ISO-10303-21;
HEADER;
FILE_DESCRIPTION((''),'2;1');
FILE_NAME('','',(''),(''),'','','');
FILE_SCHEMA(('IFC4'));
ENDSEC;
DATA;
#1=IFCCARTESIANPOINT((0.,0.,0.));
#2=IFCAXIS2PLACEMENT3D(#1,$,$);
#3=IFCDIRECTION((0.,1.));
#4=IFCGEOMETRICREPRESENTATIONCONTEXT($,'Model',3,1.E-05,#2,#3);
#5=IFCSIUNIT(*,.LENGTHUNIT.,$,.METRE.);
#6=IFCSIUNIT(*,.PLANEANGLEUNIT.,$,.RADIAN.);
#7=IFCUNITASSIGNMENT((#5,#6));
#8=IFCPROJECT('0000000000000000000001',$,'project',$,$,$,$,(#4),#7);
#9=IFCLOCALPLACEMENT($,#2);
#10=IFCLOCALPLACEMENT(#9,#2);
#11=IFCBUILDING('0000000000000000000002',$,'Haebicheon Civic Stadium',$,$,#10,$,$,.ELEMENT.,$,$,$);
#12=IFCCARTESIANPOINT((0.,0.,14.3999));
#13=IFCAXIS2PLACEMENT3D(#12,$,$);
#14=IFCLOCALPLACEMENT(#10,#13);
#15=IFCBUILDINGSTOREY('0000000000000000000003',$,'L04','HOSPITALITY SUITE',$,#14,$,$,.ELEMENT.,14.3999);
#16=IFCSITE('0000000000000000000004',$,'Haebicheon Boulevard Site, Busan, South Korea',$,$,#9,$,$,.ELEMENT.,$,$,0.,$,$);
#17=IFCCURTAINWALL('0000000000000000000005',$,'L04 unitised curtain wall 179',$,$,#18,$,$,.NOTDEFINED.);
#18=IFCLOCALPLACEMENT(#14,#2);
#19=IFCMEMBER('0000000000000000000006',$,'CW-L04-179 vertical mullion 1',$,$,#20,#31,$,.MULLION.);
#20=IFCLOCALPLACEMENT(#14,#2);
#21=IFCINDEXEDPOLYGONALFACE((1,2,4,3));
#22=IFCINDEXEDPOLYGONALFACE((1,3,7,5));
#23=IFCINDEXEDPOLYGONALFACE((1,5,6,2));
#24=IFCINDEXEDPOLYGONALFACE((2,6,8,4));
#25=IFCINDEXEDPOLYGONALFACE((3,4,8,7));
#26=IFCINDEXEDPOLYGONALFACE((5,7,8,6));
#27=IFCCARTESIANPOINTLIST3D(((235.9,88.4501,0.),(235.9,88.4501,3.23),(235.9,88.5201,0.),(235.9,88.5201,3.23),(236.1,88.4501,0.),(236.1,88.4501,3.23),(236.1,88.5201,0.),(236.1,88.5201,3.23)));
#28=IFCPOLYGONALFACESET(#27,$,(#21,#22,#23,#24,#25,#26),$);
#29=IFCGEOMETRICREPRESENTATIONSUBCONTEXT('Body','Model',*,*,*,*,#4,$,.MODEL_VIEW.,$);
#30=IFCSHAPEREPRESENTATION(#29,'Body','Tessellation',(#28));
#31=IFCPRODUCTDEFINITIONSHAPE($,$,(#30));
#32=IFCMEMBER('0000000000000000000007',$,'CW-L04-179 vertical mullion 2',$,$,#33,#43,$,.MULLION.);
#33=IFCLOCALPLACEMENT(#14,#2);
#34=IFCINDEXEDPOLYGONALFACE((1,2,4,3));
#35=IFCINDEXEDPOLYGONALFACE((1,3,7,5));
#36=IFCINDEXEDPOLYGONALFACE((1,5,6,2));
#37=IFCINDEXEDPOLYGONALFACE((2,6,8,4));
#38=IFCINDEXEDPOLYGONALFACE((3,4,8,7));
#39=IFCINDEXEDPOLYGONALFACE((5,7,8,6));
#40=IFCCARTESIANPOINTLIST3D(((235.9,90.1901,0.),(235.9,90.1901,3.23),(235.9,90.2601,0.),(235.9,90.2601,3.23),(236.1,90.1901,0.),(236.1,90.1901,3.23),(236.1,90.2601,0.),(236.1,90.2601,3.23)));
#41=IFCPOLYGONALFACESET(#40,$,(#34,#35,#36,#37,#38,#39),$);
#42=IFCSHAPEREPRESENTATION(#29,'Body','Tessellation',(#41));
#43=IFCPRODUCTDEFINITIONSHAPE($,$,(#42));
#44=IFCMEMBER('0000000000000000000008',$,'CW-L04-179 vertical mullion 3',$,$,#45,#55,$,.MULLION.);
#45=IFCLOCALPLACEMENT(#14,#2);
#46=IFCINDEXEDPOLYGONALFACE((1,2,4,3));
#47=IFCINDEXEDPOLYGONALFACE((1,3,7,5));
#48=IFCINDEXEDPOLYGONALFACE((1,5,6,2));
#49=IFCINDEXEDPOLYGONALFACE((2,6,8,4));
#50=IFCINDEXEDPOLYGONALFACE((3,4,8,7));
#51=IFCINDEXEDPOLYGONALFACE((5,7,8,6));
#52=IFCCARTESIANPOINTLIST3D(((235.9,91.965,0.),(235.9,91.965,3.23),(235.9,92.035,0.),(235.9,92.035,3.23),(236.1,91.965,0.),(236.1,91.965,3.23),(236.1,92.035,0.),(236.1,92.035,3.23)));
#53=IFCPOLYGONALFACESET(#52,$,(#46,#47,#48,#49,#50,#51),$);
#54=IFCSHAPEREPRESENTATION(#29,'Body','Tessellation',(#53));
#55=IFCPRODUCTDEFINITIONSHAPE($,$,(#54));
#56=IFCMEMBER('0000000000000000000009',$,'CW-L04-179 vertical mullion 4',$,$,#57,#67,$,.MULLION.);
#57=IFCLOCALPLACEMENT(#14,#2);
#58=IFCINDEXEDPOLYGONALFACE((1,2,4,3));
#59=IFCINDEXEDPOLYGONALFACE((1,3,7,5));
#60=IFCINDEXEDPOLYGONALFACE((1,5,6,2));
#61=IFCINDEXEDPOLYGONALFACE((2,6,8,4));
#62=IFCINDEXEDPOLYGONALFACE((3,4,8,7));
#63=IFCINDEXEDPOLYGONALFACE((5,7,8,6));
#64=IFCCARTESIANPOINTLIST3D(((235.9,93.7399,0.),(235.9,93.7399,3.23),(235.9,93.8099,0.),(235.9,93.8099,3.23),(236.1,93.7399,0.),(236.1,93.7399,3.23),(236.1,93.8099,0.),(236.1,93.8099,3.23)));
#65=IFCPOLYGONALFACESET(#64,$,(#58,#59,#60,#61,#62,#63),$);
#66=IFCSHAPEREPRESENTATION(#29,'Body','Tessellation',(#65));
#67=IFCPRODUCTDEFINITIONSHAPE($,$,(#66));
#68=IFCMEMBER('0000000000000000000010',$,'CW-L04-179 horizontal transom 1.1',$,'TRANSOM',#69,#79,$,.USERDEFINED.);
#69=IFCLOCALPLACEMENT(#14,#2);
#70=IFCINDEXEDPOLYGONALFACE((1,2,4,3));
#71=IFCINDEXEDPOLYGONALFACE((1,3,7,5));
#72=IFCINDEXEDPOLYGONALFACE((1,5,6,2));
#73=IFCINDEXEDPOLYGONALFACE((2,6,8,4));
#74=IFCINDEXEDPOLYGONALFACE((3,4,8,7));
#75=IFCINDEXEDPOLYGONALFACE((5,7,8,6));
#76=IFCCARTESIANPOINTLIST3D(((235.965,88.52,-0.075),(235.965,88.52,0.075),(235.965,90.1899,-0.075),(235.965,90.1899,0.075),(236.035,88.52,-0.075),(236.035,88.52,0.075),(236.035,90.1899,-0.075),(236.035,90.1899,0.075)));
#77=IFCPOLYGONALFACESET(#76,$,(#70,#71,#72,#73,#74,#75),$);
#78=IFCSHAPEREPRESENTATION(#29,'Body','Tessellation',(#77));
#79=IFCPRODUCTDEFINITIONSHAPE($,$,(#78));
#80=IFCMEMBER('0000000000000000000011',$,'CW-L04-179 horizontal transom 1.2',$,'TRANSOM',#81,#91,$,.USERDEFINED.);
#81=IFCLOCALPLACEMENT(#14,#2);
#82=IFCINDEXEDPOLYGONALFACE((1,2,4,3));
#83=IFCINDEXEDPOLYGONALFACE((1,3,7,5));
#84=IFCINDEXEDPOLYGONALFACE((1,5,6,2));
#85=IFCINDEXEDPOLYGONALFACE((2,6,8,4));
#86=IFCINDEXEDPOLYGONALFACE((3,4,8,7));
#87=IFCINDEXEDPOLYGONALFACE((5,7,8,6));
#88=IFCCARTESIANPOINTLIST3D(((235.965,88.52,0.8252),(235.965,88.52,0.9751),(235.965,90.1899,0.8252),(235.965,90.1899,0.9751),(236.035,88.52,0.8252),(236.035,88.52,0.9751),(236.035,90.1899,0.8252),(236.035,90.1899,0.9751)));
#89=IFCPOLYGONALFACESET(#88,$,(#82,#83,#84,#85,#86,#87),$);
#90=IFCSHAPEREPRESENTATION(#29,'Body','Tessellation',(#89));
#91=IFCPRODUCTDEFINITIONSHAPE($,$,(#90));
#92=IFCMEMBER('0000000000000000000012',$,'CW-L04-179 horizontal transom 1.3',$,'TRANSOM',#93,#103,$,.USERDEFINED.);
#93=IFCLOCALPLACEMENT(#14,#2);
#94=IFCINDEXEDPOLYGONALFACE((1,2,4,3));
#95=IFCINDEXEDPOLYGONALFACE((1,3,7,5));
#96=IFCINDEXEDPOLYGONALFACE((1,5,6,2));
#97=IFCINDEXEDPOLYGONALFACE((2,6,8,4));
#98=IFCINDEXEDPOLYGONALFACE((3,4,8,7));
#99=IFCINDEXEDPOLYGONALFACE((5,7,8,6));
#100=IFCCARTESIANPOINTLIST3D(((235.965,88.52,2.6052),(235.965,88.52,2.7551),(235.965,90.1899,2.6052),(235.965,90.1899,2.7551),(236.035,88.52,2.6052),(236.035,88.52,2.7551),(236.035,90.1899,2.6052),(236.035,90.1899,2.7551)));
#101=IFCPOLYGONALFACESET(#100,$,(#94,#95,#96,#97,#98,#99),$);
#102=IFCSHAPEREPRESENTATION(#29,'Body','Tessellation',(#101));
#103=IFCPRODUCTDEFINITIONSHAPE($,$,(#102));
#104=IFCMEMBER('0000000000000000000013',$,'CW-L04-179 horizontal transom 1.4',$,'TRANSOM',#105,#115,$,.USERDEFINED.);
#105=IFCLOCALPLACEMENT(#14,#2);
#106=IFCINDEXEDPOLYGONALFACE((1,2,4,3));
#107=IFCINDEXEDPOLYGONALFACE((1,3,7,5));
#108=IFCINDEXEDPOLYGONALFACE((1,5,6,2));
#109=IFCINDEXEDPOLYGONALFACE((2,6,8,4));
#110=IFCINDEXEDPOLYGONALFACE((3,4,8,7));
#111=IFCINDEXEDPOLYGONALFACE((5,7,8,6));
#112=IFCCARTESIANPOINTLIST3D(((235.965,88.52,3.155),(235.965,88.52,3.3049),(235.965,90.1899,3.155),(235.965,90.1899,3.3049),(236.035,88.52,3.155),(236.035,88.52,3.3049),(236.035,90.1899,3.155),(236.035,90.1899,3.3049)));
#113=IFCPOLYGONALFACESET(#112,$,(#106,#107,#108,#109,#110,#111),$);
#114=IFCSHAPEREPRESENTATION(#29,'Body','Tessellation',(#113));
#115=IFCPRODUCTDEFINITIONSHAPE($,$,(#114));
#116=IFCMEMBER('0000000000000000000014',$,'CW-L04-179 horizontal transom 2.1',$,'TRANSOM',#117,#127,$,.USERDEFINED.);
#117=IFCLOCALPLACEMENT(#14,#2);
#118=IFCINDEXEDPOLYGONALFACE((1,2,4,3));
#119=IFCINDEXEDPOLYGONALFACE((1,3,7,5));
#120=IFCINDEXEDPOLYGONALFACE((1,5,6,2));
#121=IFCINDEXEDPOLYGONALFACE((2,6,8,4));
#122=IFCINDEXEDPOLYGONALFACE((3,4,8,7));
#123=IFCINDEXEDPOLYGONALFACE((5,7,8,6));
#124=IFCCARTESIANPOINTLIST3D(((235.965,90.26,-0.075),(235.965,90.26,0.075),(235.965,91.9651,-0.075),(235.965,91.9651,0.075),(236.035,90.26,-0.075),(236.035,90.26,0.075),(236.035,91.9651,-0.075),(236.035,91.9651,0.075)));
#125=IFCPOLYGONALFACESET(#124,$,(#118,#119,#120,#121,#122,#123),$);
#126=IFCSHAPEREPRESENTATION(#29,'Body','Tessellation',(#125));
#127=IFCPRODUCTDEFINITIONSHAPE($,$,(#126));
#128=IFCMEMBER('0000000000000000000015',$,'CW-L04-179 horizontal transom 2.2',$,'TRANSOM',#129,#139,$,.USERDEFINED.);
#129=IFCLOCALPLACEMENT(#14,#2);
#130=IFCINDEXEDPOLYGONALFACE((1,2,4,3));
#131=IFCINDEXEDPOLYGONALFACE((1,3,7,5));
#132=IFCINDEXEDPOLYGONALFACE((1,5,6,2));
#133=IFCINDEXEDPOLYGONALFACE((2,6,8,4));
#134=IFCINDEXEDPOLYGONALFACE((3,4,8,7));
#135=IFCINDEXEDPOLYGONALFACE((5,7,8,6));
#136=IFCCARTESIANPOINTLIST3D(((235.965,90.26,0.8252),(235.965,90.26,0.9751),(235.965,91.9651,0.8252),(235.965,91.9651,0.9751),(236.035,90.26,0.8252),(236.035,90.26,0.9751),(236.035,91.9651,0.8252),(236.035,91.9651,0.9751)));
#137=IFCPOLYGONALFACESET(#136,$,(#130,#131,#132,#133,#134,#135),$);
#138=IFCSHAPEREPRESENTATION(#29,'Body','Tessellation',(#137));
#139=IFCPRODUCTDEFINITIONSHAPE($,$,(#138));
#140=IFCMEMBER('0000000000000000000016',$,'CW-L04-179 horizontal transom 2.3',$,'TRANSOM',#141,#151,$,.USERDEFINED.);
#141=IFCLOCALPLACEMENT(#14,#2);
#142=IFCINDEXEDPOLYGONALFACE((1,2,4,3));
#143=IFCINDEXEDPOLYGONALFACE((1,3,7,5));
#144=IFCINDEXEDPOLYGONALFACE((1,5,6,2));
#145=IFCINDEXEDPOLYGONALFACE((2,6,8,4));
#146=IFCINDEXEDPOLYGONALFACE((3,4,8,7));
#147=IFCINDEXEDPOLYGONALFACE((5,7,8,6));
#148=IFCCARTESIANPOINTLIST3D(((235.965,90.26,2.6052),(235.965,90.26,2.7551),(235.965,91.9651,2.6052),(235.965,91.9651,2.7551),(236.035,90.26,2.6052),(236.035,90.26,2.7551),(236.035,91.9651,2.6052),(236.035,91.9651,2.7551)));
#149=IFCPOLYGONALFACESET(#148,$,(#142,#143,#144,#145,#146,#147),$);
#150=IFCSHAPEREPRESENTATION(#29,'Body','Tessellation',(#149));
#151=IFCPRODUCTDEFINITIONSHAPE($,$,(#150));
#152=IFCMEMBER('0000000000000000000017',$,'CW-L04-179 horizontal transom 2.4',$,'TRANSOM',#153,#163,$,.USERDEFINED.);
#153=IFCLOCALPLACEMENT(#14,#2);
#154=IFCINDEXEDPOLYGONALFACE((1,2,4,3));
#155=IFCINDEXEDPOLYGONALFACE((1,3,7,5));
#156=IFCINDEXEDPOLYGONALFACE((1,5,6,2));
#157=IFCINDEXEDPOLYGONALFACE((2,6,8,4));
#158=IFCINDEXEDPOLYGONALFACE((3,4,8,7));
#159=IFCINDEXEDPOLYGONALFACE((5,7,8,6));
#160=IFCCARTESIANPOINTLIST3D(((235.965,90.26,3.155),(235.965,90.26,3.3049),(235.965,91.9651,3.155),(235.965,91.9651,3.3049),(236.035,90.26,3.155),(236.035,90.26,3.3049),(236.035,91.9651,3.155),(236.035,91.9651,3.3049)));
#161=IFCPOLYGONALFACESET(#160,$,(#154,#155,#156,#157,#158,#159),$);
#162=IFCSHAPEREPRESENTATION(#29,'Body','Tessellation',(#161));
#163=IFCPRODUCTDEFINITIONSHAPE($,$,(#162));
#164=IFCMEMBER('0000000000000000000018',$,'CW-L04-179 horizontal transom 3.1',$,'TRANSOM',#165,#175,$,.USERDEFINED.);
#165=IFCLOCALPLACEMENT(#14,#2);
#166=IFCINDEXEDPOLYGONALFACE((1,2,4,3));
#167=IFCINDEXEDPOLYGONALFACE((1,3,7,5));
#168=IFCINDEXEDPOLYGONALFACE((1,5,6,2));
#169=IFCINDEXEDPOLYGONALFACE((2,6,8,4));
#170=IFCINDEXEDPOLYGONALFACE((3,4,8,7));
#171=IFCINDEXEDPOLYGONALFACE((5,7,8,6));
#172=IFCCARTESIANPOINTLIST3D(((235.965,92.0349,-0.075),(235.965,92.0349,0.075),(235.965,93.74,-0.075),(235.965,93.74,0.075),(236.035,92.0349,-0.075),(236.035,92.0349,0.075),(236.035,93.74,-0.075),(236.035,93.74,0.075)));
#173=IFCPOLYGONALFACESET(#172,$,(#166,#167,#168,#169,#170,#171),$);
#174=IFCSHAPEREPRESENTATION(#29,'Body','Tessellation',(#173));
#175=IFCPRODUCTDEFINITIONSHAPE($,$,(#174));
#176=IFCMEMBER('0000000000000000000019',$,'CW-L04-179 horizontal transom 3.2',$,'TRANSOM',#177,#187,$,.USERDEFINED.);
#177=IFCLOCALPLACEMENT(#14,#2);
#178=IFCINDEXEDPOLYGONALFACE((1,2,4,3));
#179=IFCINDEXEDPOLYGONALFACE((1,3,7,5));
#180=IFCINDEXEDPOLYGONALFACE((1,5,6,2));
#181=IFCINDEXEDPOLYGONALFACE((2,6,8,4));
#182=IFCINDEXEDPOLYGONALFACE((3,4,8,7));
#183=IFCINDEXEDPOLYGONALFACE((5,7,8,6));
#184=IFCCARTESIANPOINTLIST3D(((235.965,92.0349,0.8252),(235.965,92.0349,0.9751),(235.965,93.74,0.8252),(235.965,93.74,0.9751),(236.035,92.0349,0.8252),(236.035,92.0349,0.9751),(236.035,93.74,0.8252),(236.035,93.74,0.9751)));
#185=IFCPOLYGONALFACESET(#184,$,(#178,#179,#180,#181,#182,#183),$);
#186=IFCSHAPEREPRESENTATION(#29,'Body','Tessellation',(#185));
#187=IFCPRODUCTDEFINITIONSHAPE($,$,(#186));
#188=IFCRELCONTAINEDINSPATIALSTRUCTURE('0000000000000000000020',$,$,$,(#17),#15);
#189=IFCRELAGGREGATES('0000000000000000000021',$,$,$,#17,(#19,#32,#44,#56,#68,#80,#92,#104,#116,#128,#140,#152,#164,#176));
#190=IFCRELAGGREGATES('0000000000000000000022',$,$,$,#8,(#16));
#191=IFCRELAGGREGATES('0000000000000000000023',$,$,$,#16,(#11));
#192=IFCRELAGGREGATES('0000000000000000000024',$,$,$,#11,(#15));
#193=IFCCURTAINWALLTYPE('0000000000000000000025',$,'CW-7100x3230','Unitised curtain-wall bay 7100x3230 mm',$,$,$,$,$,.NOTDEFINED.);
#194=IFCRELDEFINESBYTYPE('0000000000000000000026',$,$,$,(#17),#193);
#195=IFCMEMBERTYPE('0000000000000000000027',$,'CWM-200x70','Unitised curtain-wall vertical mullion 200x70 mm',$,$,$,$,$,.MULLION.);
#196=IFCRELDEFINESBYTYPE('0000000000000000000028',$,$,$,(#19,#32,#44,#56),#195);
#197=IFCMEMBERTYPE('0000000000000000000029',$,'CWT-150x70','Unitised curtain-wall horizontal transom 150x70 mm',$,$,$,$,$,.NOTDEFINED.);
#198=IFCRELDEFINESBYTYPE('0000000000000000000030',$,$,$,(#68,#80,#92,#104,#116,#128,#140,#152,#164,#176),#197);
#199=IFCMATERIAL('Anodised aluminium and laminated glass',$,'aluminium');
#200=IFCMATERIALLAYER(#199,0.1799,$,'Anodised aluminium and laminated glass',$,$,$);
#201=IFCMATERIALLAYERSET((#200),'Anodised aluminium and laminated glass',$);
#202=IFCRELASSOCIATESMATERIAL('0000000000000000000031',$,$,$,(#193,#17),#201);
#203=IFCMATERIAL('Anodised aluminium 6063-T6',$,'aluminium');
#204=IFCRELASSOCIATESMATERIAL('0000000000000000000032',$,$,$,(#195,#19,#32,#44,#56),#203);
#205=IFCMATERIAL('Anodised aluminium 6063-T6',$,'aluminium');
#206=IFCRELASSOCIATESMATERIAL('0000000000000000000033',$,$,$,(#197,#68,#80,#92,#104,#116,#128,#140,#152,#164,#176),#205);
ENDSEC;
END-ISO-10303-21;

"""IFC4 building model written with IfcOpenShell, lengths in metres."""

from ifc_helpers import new_model, si_unit, direction, frame, origin, origin_2d, place, context, subcontext, project, spatial, rectangle, extrude, material, layer, layer_set, material_profile, profile_set, type_object, element, aggregate, save


model = new_model("IFC4")

# Units and contexts
model_context = context("Model", 3, precision=1e-05, world=origin(), true_north=direction((0.0, 1.0)))
body_context = subcontext(model_context, "Body", "Model", "MODEL_VIEW")
ifc_project = project(units=[si_unit("LENGTHUNIT", "METRE"), si_unit("PLANEANGLEUNIT", "RADIAN")], contexts=[model_context])

# Site, building, storey
site_placement = place(None, origin())
site = spatial("IfcSite", under=ifc_project, at=site_placement, Name="Haebicheon Boulevard Site, Busan, South Korea", CompositionType="ELEMENT", RefElevation=0.0)
building_placement = place(site_placement, origin())
building = spatial("IfcBuilding", under=site, at=building_placement, Name="Haebicheon Civic Stadium", CompositionType="ELEMENT")
storey_placement = place(building_placement, frame((0.0, 0.0, 14.3999)))
storey = spatial("IfcBuildingStorey", under=building, at=storey_placement, Name="L04", Description="HOSPITALITY SUITE", CompositionType="ELEMENT", Elevation=14.3999)

# Curtain wall, members
ifc_material_1 = material(Name="Anodised aluminium and laminated glass", Category="aluminium")
ifc_layer_1 = layer(ifc_material_1, 0.1799, Name="Anodised aluminium and laminated glass")
ifc_layer_set_1 = layer_set([ifc_layer_1], Name="Anodised aluminium and laminated glass")
curtain_wall_type = type_object("IfcCurtainWallType", Name="CW-7100x3230", Description="Unitised curtain-wall bay 7100x3230 mm", PredefinedType="NOTDEFINED", material=ifc_layer_set_1)
curtain_wall_placement = place(storey_placement, origin())
curtain_wall = element("IfcCurtainWall", 1, at=curtain_wall_placement, inside=storey, type_object=curtain_wall_type, material=ifc_layer_set_1, Name="L04 unitised curtain wall 179", PredefinedType="NOTDEFINED")
ifc_material_2 = material(Name="Anodised aluminium 6063-T6", Category="aluminium")
ifc_material_profile_1 = material_profile(ifc_material_2, rectangle(XDim=0.0701, YDim=0.2, at=origin_2d()), Name="ALU-MULL-70x200")
ifc_profile_set_1 = profile_set([ifc_material_profile_1], Name="Anodised aluminium 6063-T6")
member_type_1 = type_object("IfcMemberType", Name="CWM-200x70", Description="Unitised curtain-wall vertical mullion 200x70 mm", PredefinedType="MULLION", material=ifc_profile_set_1)
member_1_placement = place(storey_placement, frame((236.0, 88.4851, 0.0), z_axis=(0.0, 0.0, 1.0), x_axis=(0.0, 1.0, 0.0)))
member_1 = element("IfcMember", 2, at=member_1_placement, type_object=member_type_1, material=ifc_profile_set_1, Name="CW-L04-179 vertical mullion 1", PredefinedType="MULLION", context=body_context, shape_type="SweptSolid", body=[
    extrude(rectangle(XDim=0.0701, YDim=0.2, at=origin_2d()), origin(), (0.0, 0.0, 1.0), 3.23),
])
member_2_placement = place(storey_placement, frame((236.0, 90.2251, 0.0), z_axis=(0.0, 0.0, 1.0), x_axis=(0.0, 1.0, 0.0)))
member_2 = element("IfcMember", 3, at=member_2_placement, type_object=member_type_1, material=ifc_profile_set_1, Name="CW-L04-179 vertical mullion 2", PredefinedType="MULLION", context=body_context, shape_type="SweptSolid", body=[
    extrude(rectangle(XDim=0.0701, YDim=0.2, at=origin_2d()), origin(), (0.0, 0.0, 1.0), 3.23),
])
member_3_placement = place(storey_placement, frame((236.0, 92.0, 0.0), z_axis=(0.0, 0.0, 1.0), x_axis=(0.0, 1.0, 0.0)))
member_3 = element("IfcMember", 4, at=member_3_placement, type_object=member_type_1, material=ifc_profile_set_1, Name="CW-L04-179 vertical mullion 3", PredefinedType="MULLION", context=body_context, shape_type="SweptSolid", body=[
    extrude(rectangle(XDim=0.0701, YDim=0.2, at=origin_2d()), origin(), (0.0, 0.0, 1.0), 3.23),
])
member_4_placement = place(storey_placement, frame((236.0, 93.7749, 0.0), z_axis=(0.0, 0.0, 1.0), x_axis=(0.0, 1.0, 0.0)))
member_4 = element("IfcMember", 5, at=member_4_placement, type_object=member_type_1, material=ifc_profile_set_1, Name="CW-L04-179 vertical mullion 4", PredefinedType="MULLION", context=body_context, shape_type="SweptSolid", body=[
    extrude(rectangle(XDim=0.0701, YDim=0.2, at=origin_2d()), origin(), (0.0, 0.0, 1.0), 3.23),
])
ifc_material_3 = material(Name="Anodised aluminium 6063-T6", Category="aluminium")
ifc_material_profile_2 = material_profile(ifc_material_3, rectangle(XDim=0.0701, YDim=0.1499, at=origin_2d()), Name="ALU-TRAN-70x150")
ifc_profile_set_2 = profile_set([ifc_material_profile_2], Name="Anodised aluminium 6063-T6")
member_type_2 = type_object("IfcMemberType", Name="CWT-150x70", Description="Unitised curtain-wall horizontal transom 150x70 mm", PredefinedType="NOTDEFINED", material=ifc_profile_set_2)
member_5_placement = place(storey_placement, frame((236.0, 88.52, 0.0), z_axis=(0.0, 1.0, 0.0), x_axis=(-1.0, 0.0, 0.0)))
member_5 = element("IfcMember", 6, at=member_5_placement, type_object=member_type_2, material=ifc_profile_set_2, Name="CW-L04-179 horizontal transom 1.1", ObjectType="TRANSOM", PredefinedType="USERDEFINED", context=body_context, shape_type="SweptSolid", body=[
    extrude(rectangle(XDim=0.0701, YDim=0.1499, at=origin_2d()), origin(), (0.0, 0.0, 1.0), 1.6699),
])
member_6_placement = place(storey_placement, frame((236.0, 88.52, 0.9001), z_axis=(0.0, 1.0, 0.0), x_axis=(-1.0, 0.0, 0.0)))
member_6 = element("IfcMember", 7, at=member_6_placement, type_object=member_type_2, material=ifc_profile_set_2, Name="CW-L04-179 horizontal transom 1.2", ObjectType="TRANSOM", PredefinedType="USERDEFINED", context=body_context, shape_type="SweptSolid", body=[
    extrude(rectangle(XDim=0.0701, YDim=0.1499, at=origin_2d()), origin(), (0.0, 0.0, 1.0), 1.6699),
])
member_7_placement = place(storey_placement, frame((236.0, 88.52, 2.6802), z_axis=(0.0, 1.0, 0.0), x_axis=(-1.0, 0.0, 0.0)))
member_7 = element("IfcMember", 8, at=member_7_placement, type_object=member_type_2, material=ifc_profile_set_2, Name="CW-L04-179 horizontal transom 1.3", ObjectType="TRANSOM", PredefinedType="USERDEFINED", context=body_context, shape_type="SweptSolid", body=[
    extrude(rectangle(XDim=0.0701, YDim=0.1499, at=origin_2d()), origin(), (0.0, 0.0, 1.0), 1.6699),
])
member_8_placement = place(storey_placement, frame((236.0, 88.52, 3.23), z_axis=(0.0, 1.0, 0.0), x_axis=(-1.0, 0.0, 0.0)))
member_8 = element("IfcMember", 9, at=member_8_placement, type_object=member_type_2, material=ifc_profile_set_2, Name="CW-L04-179 horizontal transom 1.4", ObjectType="TRANSOM", PredefinedType="USERDEFINED", context=body_context, shape_type="SweptSolid", body=[
    extrude(rectangle(XDim=0.0701, YDim=0.1499, at=origin_2d()), origin(), (0.0, 0.0, 1.0), 1.6699),
])
member_9_placement = place(storey_placement, frame((236.0, 90.26, 0.0), z_axis=(0.0, 1.0, 0.0), x_axis=(-1.0, 0.0, 0.0)))
member_9 = element("IfcMember", 10, at=member_9_placement, type_object=member_type_2, material=ifc_profile_set_2, Name="CW-L04-179 horizontal transom 2.1", ObjectType="TRANSOM", PredefinedType="USERDEFINED", context=body_context, shape_type="SweptSolid", body=[
    extrude(rectangle(XDim=0.0701, YDim=0.1499, at=origin_2d()), origin(), (0.0, 0.0, 1.0), 1.7051),
])
member_10_placement = place(storey_placement, frame((236.0, 90.26, 0.9001), z_axis=(0.0, 1.0, 0.0), x_axis=(-1.0, 0.0, 0.0)))
member_10 = element("IfcMember", 11, at=member_10_placement, type_object=member_type_2, material=ifc_profile_set_2, Name="CW-L04-179 horizontal transom 2.2", ObjectType="TRANSOM", PredefinedType="USERDEFINED", context=body_context, shape_type="SweptSolid", body=[
    extrude(rectangle(XDim=0.0701, YDim=0.1499, at=origin_2d()), origin(), (0.0, 0.0, 1.0), 1.7051),
])
member_11_placement = place(storey_placement, frame((236.0, 90.26, 2.6802), z_axis=(0.0, 1.0, 0.0), x_axis=(-1.0, 0.0, 0.0)))
member_11 = element("IfcMember", 12, at=member_11_placement, type_object=member_type_2, material=ifc_profile_set_2, Name="CW-L04-179 horizontal transom 2.3", ObjectType="TRANSOM", PredefinedType="USERDEFINED", context=body_context, shape_type="SweptSolid", body=[
    extrude(rectangle(XDim=0.0701, YDim=0.1499, at=origin_2d()), origin(), (0.0, 0.0, 1.0), 1.7051),
])
member_12_placement = place(storey_placement, frame((236.0, 90.26, 3.23), z_axis=(0.0, 1.0, 0.0), x_axis=(-1.0, 0.0, 0.0)))
member_12 = element("IfcMember", 13, at=member_12_placement, type_object=member_type_2, material=ifc_profile_set_2, Name="CW-L04-179 horizontal transom 2.4", ObjectType="TRANSOM", PredefinedType="USERDEFINED", context=body_context, shape_type="SweptSolid", body=[
    extrude(rectangle(XDim=0.0701, YDim=0.1499, at=origin_2d()), origin(), (0.0, 0.0, 1.0), 1.7051),
])
member_13_placement = place(storey_placement, frame((236.0, 92.0349, 0.0), z_axis=(0.0, 1.0, 0.0), x_axis=(-1.0, 0.0, 0.0)))
member_13 = element("IfcMember", 14, at=member_13_placement, type_object=member_type_2, material=ifc_profile_set_2, Name="CW-L04-179 horizontal transom 3.1", ObjectType="TRANSOM", PredefinedType="USERDEFINED", context=body_context, shape_type="SweptSolid", body=[
    extrude(rectangle(XDim=0.0701, YDim=0.1499, at=origin_2d()), origin(), (0.0, 0.0, 1.0), 1.7051),
])
member_14_placement = place(storey_placement, frame((236.0, 92.0349, 0.9001), z_axis=(0.0, 1.0, 0.0), x_axis=(-1.0, 0.0, 0.0)))
member_14 = element("IfcMember", 15, at=member_14_placement, type_object=member_type_2, material=ifc_profile_set_2, Name="CW-L04-179 horizontal transom 3.2", ObjectType="TRANSOM", PredefinedType="USERDEFINED", context=body_context, shape_type="SweptSolid", body=[
    extrude(rectangle(XDim=0.0701, YDim=0.1499, at=origin_2d()), origin(), (0.0, 0.0, 1.0), 1.7051),
])

aggregate(curtain_wall, [member_1, member_2, member_3, member_4, member_5, member_6, member_7, member_8, member_9, member_10, member_11, member_12, member_13, member_14])

save(model, "model.ifc")
